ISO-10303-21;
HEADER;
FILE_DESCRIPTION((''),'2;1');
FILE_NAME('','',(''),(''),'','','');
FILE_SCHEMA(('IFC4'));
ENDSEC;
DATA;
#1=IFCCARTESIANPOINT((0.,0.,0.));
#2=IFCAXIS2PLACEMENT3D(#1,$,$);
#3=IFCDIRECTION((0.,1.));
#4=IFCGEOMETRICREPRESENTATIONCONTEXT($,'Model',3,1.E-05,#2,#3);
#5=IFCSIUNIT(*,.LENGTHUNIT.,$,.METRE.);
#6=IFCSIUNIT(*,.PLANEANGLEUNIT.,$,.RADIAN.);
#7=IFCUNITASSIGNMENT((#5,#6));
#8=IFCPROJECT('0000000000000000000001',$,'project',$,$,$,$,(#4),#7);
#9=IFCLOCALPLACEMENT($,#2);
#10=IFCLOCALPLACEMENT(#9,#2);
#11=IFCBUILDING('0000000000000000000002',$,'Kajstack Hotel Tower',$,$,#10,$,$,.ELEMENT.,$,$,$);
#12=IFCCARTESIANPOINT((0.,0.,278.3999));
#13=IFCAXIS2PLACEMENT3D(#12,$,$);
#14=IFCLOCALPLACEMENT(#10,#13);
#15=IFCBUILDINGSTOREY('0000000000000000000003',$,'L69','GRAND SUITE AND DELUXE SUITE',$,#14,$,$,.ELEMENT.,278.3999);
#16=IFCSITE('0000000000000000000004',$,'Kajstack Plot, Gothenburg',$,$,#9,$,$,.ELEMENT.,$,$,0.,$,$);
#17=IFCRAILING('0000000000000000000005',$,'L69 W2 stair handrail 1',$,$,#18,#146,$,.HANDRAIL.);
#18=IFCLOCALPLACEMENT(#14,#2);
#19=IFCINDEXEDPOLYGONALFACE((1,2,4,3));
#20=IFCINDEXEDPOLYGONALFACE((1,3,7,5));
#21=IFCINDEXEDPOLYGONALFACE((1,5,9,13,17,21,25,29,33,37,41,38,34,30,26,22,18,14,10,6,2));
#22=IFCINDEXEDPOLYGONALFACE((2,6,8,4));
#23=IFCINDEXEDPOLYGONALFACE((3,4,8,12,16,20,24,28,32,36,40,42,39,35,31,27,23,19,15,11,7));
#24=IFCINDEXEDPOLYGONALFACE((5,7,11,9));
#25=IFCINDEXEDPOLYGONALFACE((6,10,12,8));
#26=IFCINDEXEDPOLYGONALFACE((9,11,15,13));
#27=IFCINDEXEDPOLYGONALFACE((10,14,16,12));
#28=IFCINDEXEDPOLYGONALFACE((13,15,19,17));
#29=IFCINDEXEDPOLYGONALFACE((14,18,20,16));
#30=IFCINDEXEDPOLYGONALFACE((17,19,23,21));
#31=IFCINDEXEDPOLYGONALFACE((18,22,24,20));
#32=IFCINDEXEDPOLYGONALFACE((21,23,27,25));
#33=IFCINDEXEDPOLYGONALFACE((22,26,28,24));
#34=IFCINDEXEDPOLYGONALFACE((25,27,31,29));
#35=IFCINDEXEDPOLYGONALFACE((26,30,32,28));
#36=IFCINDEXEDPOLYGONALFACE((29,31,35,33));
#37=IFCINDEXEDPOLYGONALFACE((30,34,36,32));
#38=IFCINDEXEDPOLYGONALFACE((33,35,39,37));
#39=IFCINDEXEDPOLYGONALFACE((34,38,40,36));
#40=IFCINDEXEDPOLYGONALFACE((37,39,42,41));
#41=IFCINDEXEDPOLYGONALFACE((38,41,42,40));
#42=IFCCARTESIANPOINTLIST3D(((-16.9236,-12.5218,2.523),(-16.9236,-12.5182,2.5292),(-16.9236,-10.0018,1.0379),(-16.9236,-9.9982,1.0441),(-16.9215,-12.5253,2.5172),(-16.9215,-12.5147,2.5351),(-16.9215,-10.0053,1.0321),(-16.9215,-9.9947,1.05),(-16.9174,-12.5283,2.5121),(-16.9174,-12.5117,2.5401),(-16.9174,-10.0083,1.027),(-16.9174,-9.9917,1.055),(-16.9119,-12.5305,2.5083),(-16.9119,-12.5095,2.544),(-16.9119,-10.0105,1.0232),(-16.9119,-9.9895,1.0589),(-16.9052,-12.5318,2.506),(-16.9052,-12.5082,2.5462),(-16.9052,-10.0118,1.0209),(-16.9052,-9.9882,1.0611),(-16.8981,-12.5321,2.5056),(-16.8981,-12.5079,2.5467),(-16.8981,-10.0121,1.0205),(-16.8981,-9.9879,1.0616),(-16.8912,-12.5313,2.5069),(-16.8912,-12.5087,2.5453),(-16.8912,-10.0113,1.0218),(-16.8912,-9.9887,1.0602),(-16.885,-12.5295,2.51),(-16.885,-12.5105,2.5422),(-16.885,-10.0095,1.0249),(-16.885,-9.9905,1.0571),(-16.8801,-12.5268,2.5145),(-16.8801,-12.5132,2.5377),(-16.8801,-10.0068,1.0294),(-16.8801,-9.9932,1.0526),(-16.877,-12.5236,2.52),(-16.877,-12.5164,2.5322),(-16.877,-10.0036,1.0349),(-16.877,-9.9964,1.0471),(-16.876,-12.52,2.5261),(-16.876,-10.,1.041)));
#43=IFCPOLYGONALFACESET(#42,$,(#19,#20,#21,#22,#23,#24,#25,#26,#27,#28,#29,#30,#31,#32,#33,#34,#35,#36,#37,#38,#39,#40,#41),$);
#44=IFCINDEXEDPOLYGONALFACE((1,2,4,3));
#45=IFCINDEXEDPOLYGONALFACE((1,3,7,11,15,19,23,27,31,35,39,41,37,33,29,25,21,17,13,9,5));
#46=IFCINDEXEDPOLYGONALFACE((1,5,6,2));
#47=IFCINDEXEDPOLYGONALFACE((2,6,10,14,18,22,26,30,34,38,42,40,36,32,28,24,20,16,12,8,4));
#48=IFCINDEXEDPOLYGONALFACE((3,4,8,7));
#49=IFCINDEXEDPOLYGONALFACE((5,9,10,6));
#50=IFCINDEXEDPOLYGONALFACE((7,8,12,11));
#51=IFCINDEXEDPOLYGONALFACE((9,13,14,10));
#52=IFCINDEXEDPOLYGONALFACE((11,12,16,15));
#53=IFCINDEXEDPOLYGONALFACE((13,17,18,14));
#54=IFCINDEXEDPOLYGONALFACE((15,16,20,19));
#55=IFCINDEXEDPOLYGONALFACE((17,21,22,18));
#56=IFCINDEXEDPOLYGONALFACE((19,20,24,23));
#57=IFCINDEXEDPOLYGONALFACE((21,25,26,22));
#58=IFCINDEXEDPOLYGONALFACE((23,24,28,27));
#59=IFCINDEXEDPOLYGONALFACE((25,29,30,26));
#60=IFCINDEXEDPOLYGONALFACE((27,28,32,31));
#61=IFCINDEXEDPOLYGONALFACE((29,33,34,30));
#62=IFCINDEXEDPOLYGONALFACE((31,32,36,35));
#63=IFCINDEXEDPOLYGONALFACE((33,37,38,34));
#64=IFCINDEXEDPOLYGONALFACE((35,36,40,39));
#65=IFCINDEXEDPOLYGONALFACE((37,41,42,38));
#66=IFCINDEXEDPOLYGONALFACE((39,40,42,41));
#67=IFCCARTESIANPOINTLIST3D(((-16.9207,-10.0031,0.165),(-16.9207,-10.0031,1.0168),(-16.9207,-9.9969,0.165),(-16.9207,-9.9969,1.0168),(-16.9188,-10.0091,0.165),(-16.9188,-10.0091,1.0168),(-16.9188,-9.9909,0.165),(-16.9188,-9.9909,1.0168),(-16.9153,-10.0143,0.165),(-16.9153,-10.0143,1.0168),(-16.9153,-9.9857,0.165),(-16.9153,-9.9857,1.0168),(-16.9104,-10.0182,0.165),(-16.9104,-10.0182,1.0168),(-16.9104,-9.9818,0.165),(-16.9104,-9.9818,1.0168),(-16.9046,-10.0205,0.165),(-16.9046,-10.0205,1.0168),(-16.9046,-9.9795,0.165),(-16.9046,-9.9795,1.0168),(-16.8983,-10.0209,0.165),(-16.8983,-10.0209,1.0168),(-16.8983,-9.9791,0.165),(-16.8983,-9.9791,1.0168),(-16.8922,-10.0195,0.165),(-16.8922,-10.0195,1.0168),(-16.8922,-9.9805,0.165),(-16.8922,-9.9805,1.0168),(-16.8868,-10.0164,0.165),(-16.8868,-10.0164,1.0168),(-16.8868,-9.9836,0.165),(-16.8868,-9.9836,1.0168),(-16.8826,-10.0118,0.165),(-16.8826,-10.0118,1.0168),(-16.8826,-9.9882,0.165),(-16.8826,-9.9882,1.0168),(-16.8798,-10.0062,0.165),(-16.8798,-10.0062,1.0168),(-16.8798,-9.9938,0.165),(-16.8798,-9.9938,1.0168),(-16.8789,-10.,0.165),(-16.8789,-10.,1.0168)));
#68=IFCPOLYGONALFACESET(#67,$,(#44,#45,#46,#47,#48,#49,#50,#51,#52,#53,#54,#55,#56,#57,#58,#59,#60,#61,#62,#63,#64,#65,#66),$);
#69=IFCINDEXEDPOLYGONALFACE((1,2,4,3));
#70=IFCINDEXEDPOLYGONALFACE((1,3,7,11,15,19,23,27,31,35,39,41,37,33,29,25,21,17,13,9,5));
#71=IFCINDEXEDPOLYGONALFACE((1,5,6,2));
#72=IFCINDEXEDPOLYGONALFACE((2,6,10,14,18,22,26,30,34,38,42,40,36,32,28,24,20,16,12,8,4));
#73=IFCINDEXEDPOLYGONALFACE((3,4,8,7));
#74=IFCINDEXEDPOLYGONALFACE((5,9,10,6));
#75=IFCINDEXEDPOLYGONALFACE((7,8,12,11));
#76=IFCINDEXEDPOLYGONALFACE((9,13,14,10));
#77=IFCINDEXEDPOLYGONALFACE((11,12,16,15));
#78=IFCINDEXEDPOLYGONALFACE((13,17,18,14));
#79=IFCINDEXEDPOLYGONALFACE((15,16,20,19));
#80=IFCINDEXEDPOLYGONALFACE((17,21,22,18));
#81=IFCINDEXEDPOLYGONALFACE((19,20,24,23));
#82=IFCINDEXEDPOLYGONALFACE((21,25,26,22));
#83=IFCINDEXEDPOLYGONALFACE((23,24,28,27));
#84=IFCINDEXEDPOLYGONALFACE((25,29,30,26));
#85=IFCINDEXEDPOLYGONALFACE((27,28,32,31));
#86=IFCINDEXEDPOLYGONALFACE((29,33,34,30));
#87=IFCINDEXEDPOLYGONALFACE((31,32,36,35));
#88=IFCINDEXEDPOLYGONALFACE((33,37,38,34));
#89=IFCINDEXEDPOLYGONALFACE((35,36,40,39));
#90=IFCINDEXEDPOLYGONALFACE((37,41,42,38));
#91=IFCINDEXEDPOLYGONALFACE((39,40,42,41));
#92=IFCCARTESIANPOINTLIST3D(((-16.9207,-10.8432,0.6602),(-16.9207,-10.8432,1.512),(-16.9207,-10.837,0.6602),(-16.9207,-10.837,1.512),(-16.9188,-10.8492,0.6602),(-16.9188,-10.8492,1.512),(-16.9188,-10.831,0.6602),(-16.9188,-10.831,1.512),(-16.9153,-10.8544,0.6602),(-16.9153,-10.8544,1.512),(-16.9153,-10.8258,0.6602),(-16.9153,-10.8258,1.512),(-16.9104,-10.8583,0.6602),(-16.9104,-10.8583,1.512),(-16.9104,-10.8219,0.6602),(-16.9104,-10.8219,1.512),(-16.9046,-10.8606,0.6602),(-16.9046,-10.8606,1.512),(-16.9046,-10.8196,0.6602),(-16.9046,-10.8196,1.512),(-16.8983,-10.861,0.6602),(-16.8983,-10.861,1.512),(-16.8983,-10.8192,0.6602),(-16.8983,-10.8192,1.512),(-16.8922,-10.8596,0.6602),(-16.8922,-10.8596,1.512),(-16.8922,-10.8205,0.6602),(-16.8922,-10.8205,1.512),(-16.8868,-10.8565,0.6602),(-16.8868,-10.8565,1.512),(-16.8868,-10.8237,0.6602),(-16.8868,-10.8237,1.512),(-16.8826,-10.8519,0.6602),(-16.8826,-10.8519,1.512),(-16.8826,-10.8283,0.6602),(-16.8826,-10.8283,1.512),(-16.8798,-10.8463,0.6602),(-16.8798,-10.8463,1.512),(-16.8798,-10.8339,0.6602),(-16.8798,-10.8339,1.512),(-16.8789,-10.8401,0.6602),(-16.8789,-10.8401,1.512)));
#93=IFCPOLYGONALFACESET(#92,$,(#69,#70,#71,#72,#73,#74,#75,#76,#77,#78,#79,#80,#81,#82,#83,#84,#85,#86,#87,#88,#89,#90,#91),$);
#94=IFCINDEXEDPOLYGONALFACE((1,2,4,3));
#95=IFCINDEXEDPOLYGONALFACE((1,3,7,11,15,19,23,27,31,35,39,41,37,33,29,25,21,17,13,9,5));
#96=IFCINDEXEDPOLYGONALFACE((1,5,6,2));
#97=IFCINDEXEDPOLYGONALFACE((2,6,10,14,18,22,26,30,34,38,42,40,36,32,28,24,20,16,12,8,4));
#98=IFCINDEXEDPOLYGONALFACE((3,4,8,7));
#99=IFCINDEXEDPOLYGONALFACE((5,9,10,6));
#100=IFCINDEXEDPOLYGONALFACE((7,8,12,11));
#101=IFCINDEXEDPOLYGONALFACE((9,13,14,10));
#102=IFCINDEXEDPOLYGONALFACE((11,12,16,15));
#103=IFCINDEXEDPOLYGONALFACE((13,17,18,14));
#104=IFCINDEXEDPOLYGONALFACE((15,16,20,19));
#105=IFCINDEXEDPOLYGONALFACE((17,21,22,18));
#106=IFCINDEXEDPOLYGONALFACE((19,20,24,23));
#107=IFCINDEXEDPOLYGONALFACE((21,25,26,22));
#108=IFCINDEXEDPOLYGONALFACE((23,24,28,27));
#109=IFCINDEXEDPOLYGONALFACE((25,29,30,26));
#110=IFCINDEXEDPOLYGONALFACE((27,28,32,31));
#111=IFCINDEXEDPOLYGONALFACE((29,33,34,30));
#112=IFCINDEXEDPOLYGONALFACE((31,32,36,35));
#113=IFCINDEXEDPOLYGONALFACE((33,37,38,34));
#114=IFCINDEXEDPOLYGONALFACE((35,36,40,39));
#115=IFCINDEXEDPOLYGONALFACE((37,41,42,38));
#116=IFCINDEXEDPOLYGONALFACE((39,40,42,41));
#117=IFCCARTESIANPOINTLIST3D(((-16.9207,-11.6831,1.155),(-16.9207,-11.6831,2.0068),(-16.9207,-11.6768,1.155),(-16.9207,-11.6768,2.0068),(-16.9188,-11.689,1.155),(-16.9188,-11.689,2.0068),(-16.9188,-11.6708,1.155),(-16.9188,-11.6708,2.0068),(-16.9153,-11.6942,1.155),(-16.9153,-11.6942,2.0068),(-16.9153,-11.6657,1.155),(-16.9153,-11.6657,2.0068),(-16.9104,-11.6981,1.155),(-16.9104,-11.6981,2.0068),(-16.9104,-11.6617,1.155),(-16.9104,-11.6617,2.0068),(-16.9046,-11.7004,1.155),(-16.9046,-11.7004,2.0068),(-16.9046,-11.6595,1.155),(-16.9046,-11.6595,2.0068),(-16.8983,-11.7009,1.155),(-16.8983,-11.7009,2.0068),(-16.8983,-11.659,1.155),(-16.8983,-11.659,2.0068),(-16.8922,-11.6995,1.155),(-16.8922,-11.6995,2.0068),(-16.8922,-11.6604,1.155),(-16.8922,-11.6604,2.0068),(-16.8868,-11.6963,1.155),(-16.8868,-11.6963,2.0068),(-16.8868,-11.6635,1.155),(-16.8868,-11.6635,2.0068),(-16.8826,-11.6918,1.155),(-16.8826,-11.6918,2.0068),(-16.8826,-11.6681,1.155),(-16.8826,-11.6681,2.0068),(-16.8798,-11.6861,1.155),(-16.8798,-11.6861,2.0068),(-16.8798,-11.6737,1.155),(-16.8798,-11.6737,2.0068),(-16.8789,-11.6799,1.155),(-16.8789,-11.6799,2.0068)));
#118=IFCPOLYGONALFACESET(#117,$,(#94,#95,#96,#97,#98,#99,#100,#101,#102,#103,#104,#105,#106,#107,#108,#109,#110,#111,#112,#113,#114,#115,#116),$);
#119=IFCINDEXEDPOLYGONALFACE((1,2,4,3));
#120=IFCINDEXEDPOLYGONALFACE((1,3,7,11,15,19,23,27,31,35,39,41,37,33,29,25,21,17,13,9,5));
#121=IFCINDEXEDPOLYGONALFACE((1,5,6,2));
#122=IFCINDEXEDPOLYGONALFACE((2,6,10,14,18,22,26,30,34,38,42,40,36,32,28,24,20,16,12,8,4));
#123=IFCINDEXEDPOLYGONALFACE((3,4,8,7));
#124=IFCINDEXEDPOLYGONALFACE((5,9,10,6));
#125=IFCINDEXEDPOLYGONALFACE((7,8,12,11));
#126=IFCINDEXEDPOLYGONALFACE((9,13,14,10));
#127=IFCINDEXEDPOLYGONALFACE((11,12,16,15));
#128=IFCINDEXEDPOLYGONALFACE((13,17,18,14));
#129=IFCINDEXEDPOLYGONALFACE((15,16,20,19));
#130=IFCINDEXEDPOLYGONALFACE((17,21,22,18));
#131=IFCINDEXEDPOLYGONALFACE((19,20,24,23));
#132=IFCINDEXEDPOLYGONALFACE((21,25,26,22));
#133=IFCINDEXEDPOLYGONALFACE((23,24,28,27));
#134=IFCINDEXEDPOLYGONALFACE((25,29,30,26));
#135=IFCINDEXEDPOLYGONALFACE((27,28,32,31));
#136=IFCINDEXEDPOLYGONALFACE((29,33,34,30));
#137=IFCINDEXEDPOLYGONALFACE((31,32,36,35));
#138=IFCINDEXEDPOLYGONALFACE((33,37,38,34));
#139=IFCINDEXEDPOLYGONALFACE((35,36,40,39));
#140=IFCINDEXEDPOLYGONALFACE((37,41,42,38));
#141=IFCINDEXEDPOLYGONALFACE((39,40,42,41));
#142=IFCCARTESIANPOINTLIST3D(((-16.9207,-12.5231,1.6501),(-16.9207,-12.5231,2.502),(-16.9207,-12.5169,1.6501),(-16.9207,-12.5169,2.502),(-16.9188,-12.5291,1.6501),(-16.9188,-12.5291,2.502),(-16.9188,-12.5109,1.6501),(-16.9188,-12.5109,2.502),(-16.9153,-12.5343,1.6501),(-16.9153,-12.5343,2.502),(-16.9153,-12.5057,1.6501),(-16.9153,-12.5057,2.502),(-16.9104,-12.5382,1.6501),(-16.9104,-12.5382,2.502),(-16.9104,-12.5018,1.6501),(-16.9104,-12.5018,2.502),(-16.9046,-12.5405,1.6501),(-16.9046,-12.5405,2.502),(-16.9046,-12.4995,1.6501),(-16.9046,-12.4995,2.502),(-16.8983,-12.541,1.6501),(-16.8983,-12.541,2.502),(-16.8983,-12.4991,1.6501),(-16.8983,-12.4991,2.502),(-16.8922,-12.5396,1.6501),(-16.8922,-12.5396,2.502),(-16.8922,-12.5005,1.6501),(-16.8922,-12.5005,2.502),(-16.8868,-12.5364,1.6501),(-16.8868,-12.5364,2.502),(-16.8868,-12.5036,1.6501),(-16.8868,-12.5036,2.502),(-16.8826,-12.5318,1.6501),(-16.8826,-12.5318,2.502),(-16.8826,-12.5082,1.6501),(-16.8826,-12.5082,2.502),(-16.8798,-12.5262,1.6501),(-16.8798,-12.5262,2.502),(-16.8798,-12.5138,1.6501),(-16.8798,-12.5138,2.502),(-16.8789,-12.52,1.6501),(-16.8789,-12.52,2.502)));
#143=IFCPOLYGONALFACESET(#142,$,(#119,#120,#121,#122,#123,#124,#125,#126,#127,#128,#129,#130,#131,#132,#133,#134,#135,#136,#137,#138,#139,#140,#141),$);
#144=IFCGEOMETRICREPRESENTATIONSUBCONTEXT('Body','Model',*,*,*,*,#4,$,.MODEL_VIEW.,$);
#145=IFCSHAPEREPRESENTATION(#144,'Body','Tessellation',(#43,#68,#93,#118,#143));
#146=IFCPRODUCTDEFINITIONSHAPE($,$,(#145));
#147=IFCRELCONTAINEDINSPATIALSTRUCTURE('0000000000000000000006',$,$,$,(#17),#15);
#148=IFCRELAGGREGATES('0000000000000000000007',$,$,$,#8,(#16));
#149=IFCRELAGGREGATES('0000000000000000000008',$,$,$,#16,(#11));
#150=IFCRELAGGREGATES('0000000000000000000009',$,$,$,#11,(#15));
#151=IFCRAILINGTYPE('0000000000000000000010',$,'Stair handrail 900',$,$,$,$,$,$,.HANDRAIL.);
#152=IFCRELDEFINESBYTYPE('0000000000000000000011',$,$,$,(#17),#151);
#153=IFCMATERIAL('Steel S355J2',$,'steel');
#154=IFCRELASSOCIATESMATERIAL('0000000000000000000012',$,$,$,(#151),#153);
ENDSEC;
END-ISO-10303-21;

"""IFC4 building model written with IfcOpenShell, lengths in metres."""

from ifc_helpers import new_model, si_unit, direction, frame, origin, origin_2d, place, context, subcontext, project, spatial, circle, extrude, material, type_object, element, save


model = new_model("IFC4")

# Units and contexts
model_context = context("Model", 3, precision=1e-05, world=origin(), true_north=direction((0.0, 1.0)))
body_context = subcontext(model_context, "Body", "Model", "MODEL_VIEW")
ifc_project = project(units=[si_unit("LENGTHUNIT", "METRE"), si_unit("PLANEANGLEUNIT", "RADIAN")], contexts=[model_context])

# Site, building, storey
site_placement = place(None, origin())
site = spatial("IfcSite", under=ifc_project, at=site_placement, Name="Kajstack Plot, Gothenburg", CompositionType="ELEMENT", RefElevation=0.0)
building_placement = place(site_placement, origin())
building = spatial("IfcBuilding", under=site, at=building_placement, Name="Kajstack Hotel Tower", CompositionType="ELEMENT")
storey_placement = place(building_placement, frame((0.0, 0.0, 278.3999)))
storey = spatial("IfcBuildingStorey", under=building, at=storey_placement, Name="L69", Description="GRAND SUITE AND DELUXE SUITE", CompositionType="ELEMENT", Elevation=278.3999)

# Railing
ifc_material_1 = material(Name="Steel S355J2", Category="steel")
railing_type_1 = type_object("IfcRailingType", Name="Stair handrail 900", PredefinedType="HANDRAIL", material=ifc_material_1)
railing_1_placement = place(storey_placement, frame((-16.8999, -10.0, 0.165)))
element("IfcRailing", 1, at=railing_1_placement, inside=storey, type_object=railing_type_1, Name="L69 W2 stair handrail 1", PredefinedType="HANDRAIL", context=body_context, shape_type="SweptSolid", body=[
    extrude(circle(Radius=0.0239, at=origin_2d()), frame((0.0, 0.0, 0.876), z_axis=(0.0, -0.861524, 0.507717), x_axis=(1.0, 0.0, 0.0)), (0.0, 0.0, 1.0), 2.925),
    extrude(circle(Radius=0.021, at=origin_2d()), origin(), (0.0, 0.0, 1.0), 0.8518),
    extrude(circle(Radius=0.021, at=origin_2d()), frame((0.0, -0.8401, 0.4951)), (0.0, 0.0, 1.0), 0.8518),
    extrude(circle(Radius=0.021, at=origin_2d()), frame((0.0, -1.6799, 0.99)), (0.0, 0.0, 1.0), 0.8518),
    extrude(circle(Radius=0.021, at=origin_2d()), frame((0.0, -2.52, 1.4851)), (0.0, 0.0, 1.0), 0.8518),
])

save(model, "model.ifc")
